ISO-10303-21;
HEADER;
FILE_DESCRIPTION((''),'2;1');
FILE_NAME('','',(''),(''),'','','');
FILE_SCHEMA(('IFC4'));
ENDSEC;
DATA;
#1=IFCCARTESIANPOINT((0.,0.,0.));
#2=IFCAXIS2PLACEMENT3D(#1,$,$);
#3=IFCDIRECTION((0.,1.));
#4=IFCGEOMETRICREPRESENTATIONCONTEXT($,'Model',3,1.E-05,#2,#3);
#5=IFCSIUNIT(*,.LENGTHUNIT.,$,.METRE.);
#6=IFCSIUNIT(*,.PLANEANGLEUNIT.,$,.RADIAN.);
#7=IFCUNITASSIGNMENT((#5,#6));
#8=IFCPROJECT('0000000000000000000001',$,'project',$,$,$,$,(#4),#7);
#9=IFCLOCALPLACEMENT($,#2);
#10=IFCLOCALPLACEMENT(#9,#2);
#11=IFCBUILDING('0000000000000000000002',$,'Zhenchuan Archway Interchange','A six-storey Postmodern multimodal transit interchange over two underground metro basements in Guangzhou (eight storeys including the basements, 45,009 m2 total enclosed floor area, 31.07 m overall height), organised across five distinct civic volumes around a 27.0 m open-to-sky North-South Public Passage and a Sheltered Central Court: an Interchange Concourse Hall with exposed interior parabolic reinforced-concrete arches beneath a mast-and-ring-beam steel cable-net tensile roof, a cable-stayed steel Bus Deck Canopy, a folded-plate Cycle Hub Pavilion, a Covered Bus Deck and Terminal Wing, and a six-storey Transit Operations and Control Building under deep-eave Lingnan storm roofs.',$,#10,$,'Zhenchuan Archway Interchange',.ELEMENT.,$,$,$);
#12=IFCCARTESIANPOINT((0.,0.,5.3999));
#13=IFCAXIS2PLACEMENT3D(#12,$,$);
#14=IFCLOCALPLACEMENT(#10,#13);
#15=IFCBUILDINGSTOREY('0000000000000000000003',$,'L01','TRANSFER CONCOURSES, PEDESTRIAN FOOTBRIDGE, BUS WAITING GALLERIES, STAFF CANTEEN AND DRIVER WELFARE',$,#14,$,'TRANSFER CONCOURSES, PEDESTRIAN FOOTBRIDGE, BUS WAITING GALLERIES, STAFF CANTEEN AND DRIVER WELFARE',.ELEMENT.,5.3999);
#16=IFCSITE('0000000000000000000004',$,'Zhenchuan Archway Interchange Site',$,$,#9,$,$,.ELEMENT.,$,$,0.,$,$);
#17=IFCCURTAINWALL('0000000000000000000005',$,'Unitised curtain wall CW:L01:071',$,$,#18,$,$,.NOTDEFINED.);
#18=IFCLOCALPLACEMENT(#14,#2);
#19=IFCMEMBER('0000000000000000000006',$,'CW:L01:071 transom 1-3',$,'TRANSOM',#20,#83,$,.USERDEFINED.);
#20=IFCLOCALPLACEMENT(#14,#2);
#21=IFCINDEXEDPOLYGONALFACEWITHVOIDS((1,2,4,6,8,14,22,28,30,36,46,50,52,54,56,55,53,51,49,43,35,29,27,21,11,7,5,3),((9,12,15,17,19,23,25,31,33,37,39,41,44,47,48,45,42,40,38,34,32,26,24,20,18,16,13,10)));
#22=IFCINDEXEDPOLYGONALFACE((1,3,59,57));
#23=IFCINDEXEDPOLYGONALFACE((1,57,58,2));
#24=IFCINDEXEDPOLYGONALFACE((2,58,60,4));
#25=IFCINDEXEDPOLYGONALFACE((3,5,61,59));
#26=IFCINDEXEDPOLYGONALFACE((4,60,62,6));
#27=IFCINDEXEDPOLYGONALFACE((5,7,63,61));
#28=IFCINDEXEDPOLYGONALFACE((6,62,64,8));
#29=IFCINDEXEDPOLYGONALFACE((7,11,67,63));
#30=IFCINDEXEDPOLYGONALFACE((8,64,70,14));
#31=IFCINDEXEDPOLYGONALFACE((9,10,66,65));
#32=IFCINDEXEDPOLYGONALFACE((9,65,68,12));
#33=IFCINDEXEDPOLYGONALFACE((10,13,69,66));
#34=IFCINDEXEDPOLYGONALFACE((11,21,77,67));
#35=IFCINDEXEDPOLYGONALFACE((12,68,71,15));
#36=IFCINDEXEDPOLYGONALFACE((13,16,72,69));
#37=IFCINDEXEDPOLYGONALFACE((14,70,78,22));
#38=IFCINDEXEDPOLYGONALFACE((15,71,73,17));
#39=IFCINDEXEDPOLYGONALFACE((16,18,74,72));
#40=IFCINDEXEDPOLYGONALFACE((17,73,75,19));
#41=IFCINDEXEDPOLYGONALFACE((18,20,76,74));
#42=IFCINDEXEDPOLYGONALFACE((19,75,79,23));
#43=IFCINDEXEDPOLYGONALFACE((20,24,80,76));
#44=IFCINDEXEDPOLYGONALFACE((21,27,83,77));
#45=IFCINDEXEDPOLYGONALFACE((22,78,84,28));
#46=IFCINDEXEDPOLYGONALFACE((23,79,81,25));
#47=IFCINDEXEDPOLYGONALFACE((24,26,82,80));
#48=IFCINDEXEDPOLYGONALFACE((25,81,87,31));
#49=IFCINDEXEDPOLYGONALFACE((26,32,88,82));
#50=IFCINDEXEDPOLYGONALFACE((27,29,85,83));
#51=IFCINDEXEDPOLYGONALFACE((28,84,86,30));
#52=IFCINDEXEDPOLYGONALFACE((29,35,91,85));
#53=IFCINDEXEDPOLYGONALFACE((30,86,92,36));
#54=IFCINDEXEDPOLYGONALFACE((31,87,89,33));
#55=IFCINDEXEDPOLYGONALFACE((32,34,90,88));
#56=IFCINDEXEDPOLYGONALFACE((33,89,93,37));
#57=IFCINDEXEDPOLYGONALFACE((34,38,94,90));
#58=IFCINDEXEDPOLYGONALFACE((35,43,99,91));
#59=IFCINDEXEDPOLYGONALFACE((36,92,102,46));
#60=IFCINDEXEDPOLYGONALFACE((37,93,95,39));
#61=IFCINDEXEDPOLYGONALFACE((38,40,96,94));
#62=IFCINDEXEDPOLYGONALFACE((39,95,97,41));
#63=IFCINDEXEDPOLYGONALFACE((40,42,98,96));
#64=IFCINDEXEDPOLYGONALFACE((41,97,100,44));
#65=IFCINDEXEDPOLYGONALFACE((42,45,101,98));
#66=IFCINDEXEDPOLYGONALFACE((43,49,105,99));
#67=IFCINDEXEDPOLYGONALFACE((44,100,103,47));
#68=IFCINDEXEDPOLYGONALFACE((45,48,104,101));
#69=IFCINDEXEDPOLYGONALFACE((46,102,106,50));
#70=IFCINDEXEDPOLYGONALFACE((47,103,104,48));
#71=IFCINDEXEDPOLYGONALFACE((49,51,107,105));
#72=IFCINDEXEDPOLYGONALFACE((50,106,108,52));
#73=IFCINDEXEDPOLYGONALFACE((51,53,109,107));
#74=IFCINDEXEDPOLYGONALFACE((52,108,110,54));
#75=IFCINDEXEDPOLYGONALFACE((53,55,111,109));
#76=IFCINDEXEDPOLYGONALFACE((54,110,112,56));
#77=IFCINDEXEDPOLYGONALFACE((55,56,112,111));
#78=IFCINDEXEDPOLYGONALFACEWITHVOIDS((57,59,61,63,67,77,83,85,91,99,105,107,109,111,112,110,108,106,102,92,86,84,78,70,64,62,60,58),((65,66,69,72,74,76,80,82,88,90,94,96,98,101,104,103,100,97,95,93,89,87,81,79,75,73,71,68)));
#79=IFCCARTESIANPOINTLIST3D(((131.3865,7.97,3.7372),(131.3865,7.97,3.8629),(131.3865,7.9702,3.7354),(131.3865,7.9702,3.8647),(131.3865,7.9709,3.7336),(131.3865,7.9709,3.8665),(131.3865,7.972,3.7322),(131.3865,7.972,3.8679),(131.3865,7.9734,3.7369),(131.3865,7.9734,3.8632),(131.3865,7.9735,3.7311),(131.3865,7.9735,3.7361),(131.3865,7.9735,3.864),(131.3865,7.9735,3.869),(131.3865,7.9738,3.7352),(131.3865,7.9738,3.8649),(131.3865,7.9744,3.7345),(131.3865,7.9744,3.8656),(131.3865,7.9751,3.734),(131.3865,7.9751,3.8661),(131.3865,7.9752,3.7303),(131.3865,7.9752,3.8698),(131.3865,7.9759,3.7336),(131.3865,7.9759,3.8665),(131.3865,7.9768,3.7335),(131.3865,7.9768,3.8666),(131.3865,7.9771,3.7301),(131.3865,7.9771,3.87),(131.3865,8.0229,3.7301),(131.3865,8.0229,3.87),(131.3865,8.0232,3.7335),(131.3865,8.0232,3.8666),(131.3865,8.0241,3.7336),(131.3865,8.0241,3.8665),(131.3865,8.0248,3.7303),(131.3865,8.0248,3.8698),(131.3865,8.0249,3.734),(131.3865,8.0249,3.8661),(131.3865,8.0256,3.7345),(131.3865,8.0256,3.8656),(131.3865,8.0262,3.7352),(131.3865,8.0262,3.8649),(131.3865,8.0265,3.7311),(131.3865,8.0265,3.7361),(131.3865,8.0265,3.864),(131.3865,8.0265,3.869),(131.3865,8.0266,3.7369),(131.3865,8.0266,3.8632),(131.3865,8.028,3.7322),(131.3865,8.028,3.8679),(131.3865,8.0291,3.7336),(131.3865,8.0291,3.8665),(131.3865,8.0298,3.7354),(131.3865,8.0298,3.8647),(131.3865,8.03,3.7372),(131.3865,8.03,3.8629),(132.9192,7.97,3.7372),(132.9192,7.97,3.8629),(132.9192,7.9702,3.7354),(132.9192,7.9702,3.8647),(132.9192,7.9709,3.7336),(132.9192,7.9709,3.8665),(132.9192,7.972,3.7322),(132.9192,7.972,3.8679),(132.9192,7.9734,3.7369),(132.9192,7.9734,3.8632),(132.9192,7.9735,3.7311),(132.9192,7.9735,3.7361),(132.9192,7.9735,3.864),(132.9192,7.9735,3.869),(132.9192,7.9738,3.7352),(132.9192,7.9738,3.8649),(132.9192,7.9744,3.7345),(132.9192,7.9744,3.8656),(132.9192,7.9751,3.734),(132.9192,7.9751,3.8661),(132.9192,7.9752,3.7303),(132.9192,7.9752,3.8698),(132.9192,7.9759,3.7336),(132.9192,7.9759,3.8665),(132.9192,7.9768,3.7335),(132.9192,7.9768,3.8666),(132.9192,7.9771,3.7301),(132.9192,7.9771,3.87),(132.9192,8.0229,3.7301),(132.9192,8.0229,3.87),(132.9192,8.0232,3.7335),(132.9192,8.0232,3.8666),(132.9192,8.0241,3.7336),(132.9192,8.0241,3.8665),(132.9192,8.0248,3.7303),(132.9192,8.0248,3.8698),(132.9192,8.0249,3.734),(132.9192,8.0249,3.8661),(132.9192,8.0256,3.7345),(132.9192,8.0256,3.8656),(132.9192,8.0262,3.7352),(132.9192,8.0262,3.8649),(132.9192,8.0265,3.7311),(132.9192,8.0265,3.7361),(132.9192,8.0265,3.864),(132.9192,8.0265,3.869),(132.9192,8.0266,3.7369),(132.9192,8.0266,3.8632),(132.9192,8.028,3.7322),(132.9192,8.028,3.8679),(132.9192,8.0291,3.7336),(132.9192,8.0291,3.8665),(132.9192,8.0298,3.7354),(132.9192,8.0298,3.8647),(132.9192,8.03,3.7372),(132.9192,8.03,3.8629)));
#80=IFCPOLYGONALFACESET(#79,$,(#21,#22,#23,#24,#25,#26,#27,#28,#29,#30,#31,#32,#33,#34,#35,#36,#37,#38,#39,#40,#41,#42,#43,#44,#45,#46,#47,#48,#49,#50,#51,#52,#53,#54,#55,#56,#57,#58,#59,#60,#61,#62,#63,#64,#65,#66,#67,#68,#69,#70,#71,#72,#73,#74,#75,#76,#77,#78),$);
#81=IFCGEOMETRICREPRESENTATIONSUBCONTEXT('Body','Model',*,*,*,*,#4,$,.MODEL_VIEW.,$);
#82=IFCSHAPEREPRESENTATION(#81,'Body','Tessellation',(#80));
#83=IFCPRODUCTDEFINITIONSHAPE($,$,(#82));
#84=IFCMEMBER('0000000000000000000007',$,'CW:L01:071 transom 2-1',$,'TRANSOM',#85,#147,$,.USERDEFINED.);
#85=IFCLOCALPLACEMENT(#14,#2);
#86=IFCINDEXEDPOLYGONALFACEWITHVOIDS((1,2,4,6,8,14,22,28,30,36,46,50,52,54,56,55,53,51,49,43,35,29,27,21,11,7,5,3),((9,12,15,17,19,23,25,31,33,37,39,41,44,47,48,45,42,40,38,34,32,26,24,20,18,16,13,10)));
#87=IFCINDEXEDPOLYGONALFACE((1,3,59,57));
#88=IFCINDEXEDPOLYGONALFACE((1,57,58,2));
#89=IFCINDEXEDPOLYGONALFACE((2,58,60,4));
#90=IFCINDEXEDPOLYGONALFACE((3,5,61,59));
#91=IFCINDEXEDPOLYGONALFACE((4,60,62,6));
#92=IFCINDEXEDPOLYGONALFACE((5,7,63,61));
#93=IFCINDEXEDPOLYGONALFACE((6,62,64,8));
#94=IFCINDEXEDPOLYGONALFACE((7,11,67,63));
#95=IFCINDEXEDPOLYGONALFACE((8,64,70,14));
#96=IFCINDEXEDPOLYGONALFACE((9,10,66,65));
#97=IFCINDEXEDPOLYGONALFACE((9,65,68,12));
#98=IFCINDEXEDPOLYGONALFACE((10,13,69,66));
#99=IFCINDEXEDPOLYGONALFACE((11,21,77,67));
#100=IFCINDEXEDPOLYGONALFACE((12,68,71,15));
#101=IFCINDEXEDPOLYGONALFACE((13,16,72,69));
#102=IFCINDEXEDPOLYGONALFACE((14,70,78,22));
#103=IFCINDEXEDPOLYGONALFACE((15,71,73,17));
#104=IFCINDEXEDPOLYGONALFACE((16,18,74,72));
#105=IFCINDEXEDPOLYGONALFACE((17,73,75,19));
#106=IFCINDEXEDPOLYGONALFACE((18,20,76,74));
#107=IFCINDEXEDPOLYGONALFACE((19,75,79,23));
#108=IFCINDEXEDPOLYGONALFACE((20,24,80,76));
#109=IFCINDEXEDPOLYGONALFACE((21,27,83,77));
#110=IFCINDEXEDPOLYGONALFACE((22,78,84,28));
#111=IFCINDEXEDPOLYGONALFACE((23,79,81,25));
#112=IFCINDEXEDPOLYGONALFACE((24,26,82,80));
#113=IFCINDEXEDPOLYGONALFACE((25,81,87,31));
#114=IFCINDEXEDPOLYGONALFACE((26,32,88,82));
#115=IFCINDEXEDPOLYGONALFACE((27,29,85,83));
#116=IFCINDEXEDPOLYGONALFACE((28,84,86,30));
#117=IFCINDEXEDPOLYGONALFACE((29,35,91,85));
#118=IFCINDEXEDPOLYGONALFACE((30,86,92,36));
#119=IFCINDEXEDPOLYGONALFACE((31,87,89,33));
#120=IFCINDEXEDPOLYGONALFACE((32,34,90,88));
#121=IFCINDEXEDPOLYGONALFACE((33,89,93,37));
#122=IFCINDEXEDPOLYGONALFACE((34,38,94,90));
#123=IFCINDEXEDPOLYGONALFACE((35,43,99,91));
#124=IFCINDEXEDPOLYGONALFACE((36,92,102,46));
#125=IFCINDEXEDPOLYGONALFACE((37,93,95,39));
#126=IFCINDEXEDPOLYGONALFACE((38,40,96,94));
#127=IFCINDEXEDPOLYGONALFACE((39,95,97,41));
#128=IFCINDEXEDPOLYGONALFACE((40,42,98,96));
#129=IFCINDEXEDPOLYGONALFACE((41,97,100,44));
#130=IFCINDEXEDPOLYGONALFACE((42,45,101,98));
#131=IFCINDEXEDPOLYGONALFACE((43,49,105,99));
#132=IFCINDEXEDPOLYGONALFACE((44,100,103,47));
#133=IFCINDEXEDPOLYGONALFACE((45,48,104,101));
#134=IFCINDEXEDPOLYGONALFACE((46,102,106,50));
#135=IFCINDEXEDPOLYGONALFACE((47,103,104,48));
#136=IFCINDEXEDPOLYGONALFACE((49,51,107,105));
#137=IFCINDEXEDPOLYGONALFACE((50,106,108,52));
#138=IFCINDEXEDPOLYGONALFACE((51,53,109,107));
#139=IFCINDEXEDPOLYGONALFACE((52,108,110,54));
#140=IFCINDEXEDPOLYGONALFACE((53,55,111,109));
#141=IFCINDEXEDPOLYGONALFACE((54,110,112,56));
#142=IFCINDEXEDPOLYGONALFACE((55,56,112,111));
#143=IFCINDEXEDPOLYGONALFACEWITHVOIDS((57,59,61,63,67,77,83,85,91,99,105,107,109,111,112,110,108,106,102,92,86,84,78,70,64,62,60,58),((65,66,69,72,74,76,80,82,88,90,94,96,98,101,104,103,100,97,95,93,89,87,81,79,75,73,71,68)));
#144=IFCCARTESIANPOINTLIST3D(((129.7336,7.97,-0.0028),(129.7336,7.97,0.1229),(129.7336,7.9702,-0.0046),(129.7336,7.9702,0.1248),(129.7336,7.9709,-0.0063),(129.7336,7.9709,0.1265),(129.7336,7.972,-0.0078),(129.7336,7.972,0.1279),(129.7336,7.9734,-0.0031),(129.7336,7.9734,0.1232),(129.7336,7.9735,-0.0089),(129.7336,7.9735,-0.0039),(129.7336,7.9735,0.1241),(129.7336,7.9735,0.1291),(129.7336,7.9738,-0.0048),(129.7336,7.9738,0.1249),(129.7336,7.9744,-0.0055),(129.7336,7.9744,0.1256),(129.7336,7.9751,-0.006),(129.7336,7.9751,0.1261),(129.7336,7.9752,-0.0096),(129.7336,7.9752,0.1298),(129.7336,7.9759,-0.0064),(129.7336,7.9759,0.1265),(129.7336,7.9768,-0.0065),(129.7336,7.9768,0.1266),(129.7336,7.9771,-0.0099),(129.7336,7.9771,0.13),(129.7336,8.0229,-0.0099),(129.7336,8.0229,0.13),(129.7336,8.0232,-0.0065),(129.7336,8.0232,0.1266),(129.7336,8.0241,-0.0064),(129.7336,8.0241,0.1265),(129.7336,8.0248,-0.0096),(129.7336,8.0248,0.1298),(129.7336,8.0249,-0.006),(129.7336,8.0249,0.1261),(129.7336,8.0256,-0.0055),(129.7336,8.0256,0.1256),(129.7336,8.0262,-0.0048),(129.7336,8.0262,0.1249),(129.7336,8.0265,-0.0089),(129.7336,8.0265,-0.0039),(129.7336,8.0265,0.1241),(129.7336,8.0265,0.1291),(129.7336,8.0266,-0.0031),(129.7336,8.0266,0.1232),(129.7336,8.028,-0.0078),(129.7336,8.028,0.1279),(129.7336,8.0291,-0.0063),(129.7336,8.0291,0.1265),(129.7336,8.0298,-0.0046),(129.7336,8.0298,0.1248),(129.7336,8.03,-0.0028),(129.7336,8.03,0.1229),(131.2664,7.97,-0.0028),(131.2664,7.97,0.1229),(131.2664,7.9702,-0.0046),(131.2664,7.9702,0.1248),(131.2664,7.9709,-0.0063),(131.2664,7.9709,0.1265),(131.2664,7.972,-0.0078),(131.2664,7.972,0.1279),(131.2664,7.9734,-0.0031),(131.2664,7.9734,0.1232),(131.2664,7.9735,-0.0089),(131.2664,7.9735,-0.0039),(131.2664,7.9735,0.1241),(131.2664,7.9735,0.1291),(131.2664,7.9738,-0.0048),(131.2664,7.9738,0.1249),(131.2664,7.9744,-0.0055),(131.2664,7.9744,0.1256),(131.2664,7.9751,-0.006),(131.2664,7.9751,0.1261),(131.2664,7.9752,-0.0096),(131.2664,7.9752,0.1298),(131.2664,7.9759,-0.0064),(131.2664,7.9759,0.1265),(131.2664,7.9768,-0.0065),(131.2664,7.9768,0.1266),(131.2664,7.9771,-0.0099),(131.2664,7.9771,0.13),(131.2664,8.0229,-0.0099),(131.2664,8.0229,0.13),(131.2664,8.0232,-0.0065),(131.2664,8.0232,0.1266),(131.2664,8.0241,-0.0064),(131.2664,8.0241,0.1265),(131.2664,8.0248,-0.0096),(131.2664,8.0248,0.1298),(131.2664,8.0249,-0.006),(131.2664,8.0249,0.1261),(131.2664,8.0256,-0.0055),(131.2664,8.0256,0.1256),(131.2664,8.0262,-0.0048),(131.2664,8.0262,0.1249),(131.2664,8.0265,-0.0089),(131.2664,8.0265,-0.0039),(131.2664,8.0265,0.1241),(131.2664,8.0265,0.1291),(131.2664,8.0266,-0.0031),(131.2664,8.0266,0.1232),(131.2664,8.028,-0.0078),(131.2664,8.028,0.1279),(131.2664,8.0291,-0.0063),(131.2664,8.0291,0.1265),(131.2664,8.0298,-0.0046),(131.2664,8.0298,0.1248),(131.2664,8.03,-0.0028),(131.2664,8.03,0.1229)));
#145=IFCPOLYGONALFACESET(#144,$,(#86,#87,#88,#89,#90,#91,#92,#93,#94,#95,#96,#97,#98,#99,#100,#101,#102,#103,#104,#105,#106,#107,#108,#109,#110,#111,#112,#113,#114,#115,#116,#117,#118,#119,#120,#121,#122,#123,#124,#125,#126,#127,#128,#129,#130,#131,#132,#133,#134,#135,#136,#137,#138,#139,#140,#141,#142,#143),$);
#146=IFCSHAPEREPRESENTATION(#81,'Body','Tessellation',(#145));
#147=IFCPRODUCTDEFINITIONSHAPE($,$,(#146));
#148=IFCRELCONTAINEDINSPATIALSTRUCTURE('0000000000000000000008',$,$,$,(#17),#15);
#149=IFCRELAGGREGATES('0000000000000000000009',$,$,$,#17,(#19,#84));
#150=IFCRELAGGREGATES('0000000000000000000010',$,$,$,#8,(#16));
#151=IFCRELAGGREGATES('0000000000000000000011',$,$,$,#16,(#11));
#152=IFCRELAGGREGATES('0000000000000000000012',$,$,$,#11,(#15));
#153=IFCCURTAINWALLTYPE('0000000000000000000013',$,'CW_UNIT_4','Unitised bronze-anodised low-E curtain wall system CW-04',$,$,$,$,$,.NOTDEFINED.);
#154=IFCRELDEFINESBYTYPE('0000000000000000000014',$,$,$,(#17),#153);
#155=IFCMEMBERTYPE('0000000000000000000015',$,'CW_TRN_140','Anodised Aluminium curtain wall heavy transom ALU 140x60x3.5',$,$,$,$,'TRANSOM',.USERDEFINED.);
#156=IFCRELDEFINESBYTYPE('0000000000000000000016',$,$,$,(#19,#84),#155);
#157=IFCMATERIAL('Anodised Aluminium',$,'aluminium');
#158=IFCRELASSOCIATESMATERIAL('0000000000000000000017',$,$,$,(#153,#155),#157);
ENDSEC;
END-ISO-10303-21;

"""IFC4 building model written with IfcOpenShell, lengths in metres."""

from ifc_helpers import new_model, si_unit, direction, frame, origin, origin_2d, place, context, subcontext, project, spatial, hollow_rectangle, extrude, material, material_profile, profile_set, type_object, element, aggregate, save


model = new_model("IFC4")

# Units and contexts
model_context = context("Model", 3, precision=1e-05, world=origin(), true_north=direction((0.0, 1.0)))
body_context = subcontext(model_context, "Body", "Model", "MODEL_VIEW")
ifc_project = project(units=[si_unit("LENGTHUNIT", "METRE"), si_unit("PLANEANGLEUNIT", "RADIAN")], contexts=[model_context])

# Site, building, storey
site_placement = place(None, origin())
site = spatial("IfcSite", under=ifc_project, at=site_placement, Name="Zhenchuan Archway Interchange Site", CompositionType="ELEMENT", RefElevation=0.0)
building_placement = place(site_placement, origin())
building = spatial("IfcBuilding", under=site, at=building_placement, Name="Zhenchuan Archway Interchange", Description="A six-storey Postmodern multimodal transit interchange over two underground metro basements in Guangzhou (eight storeys including the basements, 45,009 m2 total enclosed floor area, 31.07 m overall height), organised across five distinct civic volumes around a 27.0 m open-to-sky North-South Public Passage and a Sheltered Central Court: an Interchange Concourse Hall with exposed interior parabolic reinforced-concrete arches beneath a mast-and-ring-beam steel cable-net tensile roof, a cable-stayed steel Bus Deck Canopy, a folded-plate Cycle Hub Pavilion, a Covered Bus Deck and Terminal Wing, and a six-storey Transit Operations and Control Building under deep-eave Lingnan storm roofs.", LongName="Zhenchuan Archway Interchange", CompositionType="ELEMENT")
storey_placement = place(building_placement, frame((0.0, 0.0, 5.3999)))
storey = spatial("IfcBuildingStorey", under=building, at=storey_placement, Name="L01", Description="TRANSFER CONCOURSES, PEDESTRIAN FOOTBRIDGE, BUS WAITING GALLERIES, STAFF CANTEEN AND DRIVER WELFARE", LongName="TRANSFER CONCOURSES, PEDESTRIAN FOOTBRIDGE, BUS WAITING GALLERIES, STAFF CANTEEN AND DRIVER WELFARE", CompositionType="ELEMENT", Elevation=5.3999)

# Curtain wall, members
ifc_material_1 = material(Name="Anodised Aluminium", Category="aluminium")
curtain_wall_type = type_object("IfcCurtainWallType", Name="CW_UNIT_4", Description="Unitised bronze-anodised low-E curtain wall system CW-04", PredefinedType="NOTDEFINED", material=ifc_material_1)
curtain_wall_placement = place(storey_placement, origin())
curtain_wall = element("IfcCurtainWall", 1, at=curtain_wall_placement, inside=storey, type_object=curtain_wall_type, Name="Unitised curtain wall CW:L01:071", PredefinedType="NOTDEFINED")
ifc_material_profile_1 = material_profile(ifc_material_1, hollow_rectangle(XDim=0.0601, YDim=0.1399, WallThickness=0.0034, InnerFilletRadius=0.0034, OuterFilletRadius=0.0071, at=origin_2d()), Name="ALU 140x60x3.5")
ifc_profile_set_1 = profile_set([ifc_material_profile_1], Name="Anodised Aluminium")
member_type_1 = type_object("IfcMemberType", Name="CW_TRN_140", Description="Anodised Aluminium curtain wall heavy transom ALU 140x60x3.5", ElementType="TRANSOM", PredefinedType="USERDEFINED", material=ifc_profile_set_1)
member_1_placement = place(storey_placement, frame((132.9192, 8.0, 3.8), z_axis=(-1.0, 0.0, 0.0), x_axis=(0.0, -1.0, 0.0)))
member_1 = element("IfcMember", 2, at=member_1_placement, type_object=member_type_1, Name="CW:L01:071 transom 1-3", ObjectType="TRANSOM", PredefinedType="USERDEFINED", context=body_context, shape_type="SweptSolid", body=[
    extrude(hollow_rectangle(XDim=0.0601, YDim=0.1399, WallThickness=0.0034, InnerFilletRadius=0.0034, OuterFilletRadius=0.0071, at=origin_2d()), origin(), (0.0, 0.0, 1.0), 1.5327),
])
member_2_placement = place(storey_placement, frame((131.2664, 8.0, 0.0601), z_axis=(-1.0, 0.0, 0.0), x_axis=(0.0, -1.0, 0.0)))
member_2 = element("IfcMember", 3, at=member_2_placement, type_object=member_type_1, Name="CW:L01:071 transom 2-1", ObjectType="TRANSOM", PredefinedType="USERDEFINED", context=body_context, shape_type="SweptSolid", body=[
    extrude(hollow_rectangle(XDim=0.0601, YDim=0.1399, WallThickness=0.0034, InnerFilletRadius=0.0034, OuterFilletRadius=0.0071, at=origin_2d()), origin(), (0.0, 0.0, 1.0), 1.5327),
])

aggregate(curtain_wall, [member_1, member_2])

save(model, "model.ifc")
